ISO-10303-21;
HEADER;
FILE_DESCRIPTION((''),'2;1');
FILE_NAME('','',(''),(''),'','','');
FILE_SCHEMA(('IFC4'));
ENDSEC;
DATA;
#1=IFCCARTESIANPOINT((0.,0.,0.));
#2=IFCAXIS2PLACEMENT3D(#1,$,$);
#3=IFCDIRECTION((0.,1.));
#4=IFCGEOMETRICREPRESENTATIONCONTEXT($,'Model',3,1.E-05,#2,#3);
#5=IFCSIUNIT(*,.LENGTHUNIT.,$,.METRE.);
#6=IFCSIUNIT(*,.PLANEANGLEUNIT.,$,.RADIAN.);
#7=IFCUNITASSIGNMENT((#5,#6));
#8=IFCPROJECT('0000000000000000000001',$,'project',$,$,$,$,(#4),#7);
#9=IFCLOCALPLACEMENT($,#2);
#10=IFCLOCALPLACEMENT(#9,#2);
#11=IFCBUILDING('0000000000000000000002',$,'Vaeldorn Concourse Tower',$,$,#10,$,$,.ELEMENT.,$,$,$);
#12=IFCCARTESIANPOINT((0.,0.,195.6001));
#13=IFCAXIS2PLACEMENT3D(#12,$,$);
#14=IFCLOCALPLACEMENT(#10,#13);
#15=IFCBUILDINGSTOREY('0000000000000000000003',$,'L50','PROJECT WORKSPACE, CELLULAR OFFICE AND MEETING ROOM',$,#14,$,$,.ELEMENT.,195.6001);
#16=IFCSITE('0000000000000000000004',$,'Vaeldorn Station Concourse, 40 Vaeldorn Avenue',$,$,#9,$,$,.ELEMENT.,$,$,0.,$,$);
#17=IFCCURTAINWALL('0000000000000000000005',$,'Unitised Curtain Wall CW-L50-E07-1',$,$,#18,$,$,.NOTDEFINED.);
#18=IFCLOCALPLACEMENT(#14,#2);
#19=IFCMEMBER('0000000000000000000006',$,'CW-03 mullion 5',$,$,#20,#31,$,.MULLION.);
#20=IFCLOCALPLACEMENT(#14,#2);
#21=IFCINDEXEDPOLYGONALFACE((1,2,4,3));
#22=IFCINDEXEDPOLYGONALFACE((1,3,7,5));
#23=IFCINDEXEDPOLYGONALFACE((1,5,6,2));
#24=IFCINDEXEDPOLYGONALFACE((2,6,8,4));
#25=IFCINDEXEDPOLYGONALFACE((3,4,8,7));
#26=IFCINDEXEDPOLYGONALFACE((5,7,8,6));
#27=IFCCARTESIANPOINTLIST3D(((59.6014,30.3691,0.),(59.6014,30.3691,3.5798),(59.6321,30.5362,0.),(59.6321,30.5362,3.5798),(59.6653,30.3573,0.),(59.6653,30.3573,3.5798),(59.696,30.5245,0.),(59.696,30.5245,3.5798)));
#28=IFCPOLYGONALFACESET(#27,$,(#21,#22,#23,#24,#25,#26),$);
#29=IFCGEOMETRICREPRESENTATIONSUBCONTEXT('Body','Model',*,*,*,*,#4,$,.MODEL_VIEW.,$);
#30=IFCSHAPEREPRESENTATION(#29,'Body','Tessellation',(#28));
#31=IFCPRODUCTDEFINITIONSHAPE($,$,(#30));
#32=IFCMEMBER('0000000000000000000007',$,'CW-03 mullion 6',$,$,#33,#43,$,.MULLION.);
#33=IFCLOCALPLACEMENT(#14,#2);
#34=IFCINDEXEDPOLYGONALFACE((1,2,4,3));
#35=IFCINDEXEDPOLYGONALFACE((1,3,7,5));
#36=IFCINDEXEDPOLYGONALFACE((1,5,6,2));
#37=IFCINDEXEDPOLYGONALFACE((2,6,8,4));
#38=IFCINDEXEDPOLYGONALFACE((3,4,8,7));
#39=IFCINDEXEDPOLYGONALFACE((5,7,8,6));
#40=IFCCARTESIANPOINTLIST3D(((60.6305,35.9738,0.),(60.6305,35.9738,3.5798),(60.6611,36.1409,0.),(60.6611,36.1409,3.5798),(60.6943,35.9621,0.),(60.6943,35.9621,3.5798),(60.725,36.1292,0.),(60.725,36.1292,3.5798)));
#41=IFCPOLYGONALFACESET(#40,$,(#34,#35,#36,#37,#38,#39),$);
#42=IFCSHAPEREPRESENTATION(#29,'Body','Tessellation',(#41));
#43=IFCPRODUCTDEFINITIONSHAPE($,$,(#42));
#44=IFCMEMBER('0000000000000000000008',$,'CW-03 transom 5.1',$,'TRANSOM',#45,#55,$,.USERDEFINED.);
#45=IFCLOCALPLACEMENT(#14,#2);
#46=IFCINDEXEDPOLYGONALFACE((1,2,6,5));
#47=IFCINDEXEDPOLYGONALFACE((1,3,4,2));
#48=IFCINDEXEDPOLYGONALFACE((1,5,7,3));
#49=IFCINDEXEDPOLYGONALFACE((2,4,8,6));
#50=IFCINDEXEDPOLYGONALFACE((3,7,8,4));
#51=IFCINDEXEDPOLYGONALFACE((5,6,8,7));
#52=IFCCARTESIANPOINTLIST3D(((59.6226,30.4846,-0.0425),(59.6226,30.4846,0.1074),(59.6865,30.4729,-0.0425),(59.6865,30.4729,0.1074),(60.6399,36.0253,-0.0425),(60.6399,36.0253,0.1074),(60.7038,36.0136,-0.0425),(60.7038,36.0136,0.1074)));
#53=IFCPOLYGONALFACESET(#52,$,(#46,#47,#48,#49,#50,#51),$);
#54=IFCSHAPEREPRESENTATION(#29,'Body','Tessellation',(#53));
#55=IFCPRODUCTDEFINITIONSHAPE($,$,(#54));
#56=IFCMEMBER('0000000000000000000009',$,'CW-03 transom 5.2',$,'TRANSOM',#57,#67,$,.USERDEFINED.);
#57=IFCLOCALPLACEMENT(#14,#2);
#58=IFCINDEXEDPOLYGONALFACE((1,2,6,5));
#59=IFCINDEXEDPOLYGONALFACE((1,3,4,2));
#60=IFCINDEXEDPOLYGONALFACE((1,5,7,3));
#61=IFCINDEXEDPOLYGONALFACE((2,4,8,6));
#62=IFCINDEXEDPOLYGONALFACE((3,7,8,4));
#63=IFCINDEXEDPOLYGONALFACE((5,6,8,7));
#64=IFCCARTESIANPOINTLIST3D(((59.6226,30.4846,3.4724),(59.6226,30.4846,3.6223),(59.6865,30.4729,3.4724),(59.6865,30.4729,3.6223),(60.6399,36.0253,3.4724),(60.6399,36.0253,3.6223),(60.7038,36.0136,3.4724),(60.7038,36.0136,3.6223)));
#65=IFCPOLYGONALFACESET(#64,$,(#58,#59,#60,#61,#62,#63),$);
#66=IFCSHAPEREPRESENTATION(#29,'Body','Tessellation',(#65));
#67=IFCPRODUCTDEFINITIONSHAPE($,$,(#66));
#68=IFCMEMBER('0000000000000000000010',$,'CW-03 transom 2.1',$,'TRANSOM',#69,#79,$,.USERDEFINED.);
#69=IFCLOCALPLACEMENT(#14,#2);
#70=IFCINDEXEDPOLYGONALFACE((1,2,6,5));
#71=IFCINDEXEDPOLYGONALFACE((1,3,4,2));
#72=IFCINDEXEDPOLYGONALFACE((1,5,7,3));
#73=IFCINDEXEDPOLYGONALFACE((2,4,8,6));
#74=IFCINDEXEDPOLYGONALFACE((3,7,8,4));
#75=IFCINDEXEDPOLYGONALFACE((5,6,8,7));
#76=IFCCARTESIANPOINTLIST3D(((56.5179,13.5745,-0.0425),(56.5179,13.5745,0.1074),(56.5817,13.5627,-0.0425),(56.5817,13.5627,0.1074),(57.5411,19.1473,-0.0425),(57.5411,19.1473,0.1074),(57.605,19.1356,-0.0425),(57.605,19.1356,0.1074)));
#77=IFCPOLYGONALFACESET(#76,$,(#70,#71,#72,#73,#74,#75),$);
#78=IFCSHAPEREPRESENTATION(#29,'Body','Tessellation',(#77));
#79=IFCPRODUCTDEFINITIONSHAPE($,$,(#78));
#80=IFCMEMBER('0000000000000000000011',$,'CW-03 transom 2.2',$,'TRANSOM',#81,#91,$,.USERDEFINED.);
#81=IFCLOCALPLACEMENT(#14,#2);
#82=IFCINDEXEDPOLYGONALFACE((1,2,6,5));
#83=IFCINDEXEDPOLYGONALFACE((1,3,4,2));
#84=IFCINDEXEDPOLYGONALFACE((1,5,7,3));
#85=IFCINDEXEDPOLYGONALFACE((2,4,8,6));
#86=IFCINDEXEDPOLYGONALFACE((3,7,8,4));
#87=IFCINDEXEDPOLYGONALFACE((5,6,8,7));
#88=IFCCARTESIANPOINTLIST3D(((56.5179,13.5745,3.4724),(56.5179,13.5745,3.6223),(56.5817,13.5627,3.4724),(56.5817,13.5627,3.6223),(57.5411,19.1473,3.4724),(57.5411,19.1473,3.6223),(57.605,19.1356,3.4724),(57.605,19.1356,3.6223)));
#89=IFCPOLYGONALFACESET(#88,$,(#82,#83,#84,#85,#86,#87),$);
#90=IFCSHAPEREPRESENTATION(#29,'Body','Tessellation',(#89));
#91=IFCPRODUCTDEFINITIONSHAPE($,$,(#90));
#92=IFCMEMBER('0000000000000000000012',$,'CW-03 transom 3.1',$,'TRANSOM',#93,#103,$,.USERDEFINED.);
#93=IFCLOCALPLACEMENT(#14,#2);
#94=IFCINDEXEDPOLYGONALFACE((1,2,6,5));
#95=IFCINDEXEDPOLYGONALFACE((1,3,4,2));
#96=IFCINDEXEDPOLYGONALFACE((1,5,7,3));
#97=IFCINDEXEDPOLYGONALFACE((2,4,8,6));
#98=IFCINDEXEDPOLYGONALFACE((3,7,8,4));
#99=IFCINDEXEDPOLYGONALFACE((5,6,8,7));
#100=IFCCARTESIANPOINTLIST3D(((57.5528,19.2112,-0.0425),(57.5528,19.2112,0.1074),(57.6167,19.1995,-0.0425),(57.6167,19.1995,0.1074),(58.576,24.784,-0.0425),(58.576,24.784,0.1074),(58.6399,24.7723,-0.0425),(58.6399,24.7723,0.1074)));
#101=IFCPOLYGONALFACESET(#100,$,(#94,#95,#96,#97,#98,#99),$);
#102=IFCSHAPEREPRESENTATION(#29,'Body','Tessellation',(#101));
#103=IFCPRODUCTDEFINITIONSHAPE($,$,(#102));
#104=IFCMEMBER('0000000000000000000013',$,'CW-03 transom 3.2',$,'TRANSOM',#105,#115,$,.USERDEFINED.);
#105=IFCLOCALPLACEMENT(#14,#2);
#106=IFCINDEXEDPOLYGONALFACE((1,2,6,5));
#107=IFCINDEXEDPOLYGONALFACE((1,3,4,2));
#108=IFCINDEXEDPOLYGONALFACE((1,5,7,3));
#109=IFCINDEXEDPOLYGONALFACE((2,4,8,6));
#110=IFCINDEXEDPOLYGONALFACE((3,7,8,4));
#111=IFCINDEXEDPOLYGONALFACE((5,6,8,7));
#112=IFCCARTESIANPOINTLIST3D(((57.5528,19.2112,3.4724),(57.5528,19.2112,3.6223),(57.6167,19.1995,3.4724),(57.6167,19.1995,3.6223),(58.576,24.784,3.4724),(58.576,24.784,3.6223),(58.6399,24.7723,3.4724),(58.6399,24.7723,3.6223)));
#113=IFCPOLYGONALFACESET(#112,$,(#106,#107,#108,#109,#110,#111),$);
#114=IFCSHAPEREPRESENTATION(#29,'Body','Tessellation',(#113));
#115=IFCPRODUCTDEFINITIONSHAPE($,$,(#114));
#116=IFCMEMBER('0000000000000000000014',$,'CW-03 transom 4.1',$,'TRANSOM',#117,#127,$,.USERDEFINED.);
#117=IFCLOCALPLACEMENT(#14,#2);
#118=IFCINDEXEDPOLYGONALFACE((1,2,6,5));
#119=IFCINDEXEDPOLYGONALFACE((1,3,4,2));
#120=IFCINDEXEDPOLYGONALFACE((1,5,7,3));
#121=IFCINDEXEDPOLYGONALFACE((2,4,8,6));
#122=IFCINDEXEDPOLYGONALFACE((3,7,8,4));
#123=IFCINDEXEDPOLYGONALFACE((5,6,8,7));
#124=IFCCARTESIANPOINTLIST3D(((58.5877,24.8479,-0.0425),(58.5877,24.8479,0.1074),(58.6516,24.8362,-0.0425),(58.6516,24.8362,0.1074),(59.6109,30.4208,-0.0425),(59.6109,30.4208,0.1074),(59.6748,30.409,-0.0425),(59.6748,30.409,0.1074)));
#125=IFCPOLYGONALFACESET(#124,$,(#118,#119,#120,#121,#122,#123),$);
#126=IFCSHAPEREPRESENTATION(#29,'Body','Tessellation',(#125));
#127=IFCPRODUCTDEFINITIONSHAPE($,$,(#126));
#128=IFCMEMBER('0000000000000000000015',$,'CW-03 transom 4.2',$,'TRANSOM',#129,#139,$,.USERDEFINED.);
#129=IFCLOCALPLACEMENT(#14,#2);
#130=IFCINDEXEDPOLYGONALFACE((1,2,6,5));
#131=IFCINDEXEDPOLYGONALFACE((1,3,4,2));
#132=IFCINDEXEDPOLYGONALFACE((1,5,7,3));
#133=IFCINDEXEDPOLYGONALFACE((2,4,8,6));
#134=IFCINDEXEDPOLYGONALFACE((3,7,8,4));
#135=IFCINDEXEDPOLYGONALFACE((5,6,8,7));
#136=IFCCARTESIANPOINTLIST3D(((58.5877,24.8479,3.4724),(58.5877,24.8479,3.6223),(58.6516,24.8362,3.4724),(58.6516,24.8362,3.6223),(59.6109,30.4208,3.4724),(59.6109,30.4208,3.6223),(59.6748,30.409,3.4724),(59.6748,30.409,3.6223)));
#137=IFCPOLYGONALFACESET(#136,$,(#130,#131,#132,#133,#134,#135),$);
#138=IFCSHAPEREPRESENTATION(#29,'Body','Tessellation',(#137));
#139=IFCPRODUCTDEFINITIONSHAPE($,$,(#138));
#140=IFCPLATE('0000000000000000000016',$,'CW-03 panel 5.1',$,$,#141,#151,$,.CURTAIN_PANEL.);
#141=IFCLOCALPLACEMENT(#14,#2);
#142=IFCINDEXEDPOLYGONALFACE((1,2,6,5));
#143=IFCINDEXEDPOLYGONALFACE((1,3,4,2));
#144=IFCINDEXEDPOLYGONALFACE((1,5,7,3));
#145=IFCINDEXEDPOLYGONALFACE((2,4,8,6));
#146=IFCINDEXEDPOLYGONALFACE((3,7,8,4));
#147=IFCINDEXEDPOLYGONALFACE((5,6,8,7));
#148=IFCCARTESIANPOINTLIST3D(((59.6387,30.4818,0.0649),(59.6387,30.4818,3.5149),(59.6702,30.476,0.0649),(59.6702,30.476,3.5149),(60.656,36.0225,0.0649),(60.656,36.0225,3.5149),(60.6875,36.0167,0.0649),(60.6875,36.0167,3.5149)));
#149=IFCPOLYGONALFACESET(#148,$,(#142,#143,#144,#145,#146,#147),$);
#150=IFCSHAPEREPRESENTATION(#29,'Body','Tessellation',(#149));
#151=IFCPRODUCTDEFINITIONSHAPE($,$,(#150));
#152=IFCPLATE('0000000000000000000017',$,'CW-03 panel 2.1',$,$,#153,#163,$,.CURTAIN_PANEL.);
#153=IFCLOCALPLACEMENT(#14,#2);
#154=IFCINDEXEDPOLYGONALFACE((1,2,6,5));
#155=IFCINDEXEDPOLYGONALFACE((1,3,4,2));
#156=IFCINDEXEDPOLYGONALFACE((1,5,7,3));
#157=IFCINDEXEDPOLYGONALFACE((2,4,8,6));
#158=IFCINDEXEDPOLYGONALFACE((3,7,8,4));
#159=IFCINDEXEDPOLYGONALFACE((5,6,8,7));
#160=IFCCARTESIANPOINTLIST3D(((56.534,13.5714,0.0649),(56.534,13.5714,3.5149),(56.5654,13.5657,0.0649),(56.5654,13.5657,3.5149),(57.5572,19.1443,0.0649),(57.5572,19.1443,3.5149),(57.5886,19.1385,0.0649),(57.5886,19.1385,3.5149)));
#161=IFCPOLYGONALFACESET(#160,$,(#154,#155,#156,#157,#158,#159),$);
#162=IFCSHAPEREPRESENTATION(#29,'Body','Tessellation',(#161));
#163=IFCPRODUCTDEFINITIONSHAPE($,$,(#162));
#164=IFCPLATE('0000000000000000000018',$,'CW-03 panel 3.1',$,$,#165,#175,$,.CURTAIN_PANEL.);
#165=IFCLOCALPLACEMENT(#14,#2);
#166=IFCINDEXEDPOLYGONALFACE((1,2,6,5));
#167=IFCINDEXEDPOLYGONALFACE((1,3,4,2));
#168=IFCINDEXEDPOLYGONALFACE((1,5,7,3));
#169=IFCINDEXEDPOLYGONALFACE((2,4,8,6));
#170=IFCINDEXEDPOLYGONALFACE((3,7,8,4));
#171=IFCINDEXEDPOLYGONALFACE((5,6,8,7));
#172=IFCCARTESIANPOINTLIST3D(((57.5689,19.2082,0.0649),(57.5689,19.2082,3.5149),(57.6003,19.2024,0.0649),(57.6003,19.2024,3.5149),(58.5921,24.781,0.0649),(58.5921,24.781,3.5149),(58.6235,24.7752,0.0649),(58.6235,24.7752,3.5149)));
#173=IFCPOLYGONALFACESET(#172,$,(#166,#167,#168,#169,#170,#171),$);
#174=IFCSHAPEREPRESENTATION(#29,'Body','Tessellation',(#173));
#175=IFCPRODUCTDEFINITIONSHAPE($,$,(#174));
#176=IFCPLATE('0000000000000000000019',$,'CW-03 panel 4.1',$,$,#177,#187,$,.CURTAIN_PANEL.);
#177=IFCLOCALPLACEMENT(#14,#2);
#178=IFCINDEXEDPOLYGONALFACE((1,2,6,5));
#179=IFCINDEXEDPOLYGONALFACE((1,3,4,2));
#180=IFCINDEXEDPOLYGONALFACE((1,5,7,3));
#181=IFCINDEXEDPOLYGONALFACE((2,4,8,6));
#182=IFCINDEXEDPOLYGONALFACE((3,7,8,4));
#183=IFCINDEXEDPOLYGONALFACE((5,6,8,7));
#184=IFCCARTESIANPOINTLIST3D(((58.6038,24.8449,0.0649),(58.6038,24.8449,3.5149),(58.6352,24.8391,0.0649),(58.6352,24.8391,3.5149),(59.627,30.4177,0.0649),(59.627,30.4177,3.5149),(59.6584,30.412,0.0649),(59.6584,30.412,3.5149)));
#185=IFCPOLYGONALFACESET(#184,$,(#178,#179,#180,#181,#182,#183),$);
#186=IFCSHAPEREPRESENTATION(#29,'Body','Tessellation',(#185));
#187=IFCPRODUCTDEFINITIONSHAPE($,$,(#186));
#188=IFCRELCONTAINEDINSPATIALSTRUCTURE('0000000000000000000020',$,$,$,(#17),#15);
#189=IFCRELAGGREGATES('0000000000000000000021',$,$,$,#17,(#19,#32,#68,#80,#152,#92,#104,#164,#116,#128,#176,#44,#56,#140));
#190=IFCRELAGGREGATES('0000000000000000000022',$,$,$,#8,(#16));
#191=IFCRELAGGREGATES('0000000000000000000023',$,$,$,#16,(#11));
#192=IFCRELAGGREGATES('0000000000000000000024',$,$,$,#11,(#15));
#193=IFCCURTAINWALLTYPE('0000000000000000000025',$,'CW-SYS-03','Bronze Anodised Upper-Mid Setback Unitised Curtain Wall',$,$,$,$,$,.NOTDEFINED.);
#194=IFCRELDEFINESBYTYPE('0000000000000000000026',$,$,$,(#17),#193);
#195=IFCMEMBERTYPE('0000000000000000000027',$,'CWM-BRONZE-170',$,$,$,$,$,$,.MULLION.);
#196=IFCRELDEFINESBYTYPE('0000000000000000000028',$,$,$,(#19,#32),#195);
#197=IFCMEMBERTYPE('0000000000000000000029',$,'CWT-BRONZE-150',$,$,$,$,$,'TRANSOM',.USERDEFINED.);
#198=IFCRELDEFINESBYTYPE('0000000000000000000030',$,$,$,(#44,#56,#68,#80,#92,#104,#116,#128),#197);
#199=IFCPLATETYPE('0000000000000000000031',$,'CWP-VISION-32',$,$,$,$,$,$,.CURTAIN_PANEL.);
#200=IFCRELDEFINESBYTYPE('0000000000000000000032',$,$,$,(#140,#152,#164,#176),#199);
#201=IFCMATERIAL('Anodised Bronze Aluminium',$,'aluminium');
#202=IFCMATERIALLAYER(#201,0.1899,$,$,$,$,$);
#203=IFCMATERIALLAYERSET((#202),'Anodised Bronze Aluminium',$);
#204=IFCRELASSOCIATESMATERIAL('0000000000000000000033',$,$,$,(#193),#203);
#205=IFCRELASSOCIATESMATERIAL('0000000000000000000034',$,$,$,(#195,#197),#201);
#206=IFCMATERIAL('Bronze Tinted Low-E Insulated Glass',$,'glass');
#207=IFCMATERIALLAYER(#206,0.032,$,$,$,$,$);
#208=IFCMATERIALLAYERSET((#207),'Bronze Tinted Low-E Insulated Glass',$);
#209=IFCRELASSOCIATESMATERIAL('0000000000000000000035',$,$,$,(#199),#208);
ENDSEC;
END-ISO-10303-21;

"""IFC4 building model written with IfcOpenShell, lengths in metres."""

from ifc_helpers import new_model, si_unit, direction, frame, origin, origin_2d, place, context, subcontext, project, spatial, rectangle, extrude, source, transform, mapped, material, layer, layer_set, material_profile, profile_set, type_object, element, aggregate, save


model = new_model("IFC4")

# Units and contexts
model_context = context("Model", 3, precision=1e-05, world=origin(), true_north=direction((0.0, 1.0)))
body_context = subcontext(model_context, "Body", "Model", "MODEL_VIEW")
ifc_project = project(units=[si_unit("LENGTHUNIT", "METRE"), si_unit("PLANEANGLEUNIT", "RADIAN")], contexts=[model_context])

# Site, building, storey
site_placement = place(None, origin())
site = spatial("IfcSite", under=ifc_project, at=site_placement, Name="Vaeldorn Station Concourse, 40 Vaeldorn Avenue", CompositionType="ELEMENT", RefElevation=0.0)
building_placement = place(site_placement, origin())
building = spatial("IfcBuilding", under=site, at=building_placement, Name="Vaeldorn Concourse Tower", CompositionType="ELEMENT")
storey_placement = place(building_placement, frame((0.0, 0.0, 195.6001)))
storey = spatial("IfcBuildingStorey", under=building, at=storey_placement, Name="L50", Description="PROJECT WORKSPACE, CELLULAR OFFICE AND MEETING ROOM", CompositionType="ELEMENT", Elevation=195.6001)

# Curtain wall, members, plates
ifc_material_1 = material(Name="Anodised Bronze Aluminium", Category="aluminium")
ifc_layer_1 = layer(ifc_material_1, 0.1899)
ifc_layer_set_1 = layer_set([ifc_layer_1], Name="Anodised Bronze Aluminium")
curtain_wall_type = type_object("IfcCurtainWallType", Name="CW-SYS-03", Description="Bronze Anodised Upper-Mid Setback Unitised Curtain Wall", PredefinedType="NOTDEFINED", material=ifc_layer_set_1)
curtain_wall_placement = place(storey_placement, origin())
curtain_wall = element("IfcCurtainWall", 1, at=curtain_wall_placement, inside=storey, type_object=curtain_wall_type, Name="Unitised Curtain Wall CW-L50-E07-1", PredefinedType="NOTDEFINED")
ifc_material_profile_1 = material_profile(ifc_material_1, rectangle(XDim=0.0649, YDim=0.1699, at=origin_2d()), Name="CWM 65x170")
ifc_profile_set_1 = profile_set([ifc_material_profile_1], Name="Anodised Bronze Aluminium")
member_type_1 = type_object("IfcMemberType", Name="CWM-BRONZE-170", PredefinedType="MULLION", material=ifc_profile_set_1)
shared_shape_1 = source(origin(), body_context, "Body", "SweptSolid", [
    extrude(rectangle(XDim=0.0649, YDim=0.1699, at=origin_2d()), origin(), (0.0, 0.0, 1.0), 3.5798),
])
member_1_placement = place(storey_placement, frame((59.6487, 30.4468, 0.0), z_axis=(0.0, 0.0, 1.0), x_axis=(-0.983559, 0.180585, 0.0)))
member_1 = element("IfcMember", 2, at=member_1_placement, type_object=member_type_1, Name="CW-03 mullion 5", PredefinedType="MULLION", context=body_context, shape_type="MappedRepresentation", body=[
    mapped(shared_shape_1, transform((0.0, 0.0, 0.0), scale=1.0)),
])
member_2_placement = place(storey_placement, frame((60.6777, 36.0515, 0.0), z_axis=(0.0, 0.0, 1.0), x_axis=(-0.983559, 0.180585, 0.0)))
member_2 = element("IfcMember", 3, at=member_2_placement, type_object=member_type_1, Name="CW-03 mullion 6", PredefinedType="MULLION", context=body_context, shape_type="MappedRepresentation", body=[
    mapped(shared_shape_1, transform((0.0, 0.0, 0.0), scale=1.0)),
])
ifc_material_profile_2 = material_profile(ifc_material_1, rectangle(XDim=0.0649, YDim=0.1499, at=origin_2d()), Name="CWT 65x150")
ifc_profile_set_2 = profile_set([ifc_material_profile_2], Name="Anodised Bronze Aluminium")
member_type_2 = type_object("IfcMemberType", Name="CWT-BRONZE-150", ElementType="TRANSOM", PredefinedType="USERDEFINED", material=ifc_profile_set_2)
shared_shape_2 = source(origin(), body_context, "Body", "SweptSolid", [
    extrude(rectangle(XDim=0.0649, YDim=0.1499, at=origin_2d()), origin(), (0.0, 0.0, 1.0), 5.6333),
])
member_3_placement = place(storey_placement, frame((59.6545, 30.4788, 0.0325), z_axis=(0.18059, 0.983558, 0.0), x_axis=(-0.983558, 0.18059, 0.0)))
member_3 = element("IfcMember", 4, at=member_3_placement, type_object=member_type_2, Name="CW-03 transom 5.1", ObjectType="TRANSOM", PredefinedType="USERDEFINED", context=body_context, shape_type="MappedRepresentation", body=[
    mapped(shared_shape_2, transform((0.0, 0.0, 0.0), scale=1.0)),
])
member_4_placement = place(storey_placement, frame((59.6545, 30.4788, 3.5474), z_axis=(0.18059, 0.983558, 0.0), x_axis=(-0.983558, 0.18059, 0.0)))
member_4 = element("IfcMember", 5, at=member_4_placement, type_object=member_type_2, Name="CW-03 transom 5.2", ObjectType="TRANSOM", PredefinedType="USERDEFINED", context=body_context, shape_type="MappedRepresentation", body=[
    mapped(shared_shape_2, transform((0.0, 0.0, 0.0), scale=1.0)),
])
shared_shape_3 = source(origin(), body_context, "Body", "SweptSolid", [
    extrude(rectangle(XDim=0.0649, YDim=0.1499, at=origin_2d()), origin(), (0.0, 0.0, 1.0), 5.666),
])
member_5_placement = place(storey_placement, frame((56.5498, 13.5686, 0.0325), z_axis=(0.180588, 0.983559, 0.0), x_axis=(-0.983559, 0.180588, 0.0)))
member_5 = element("IfcMember", 6, at=member_5_placement, type_object=member_type_2, Name="CW-03 transom 2.1", ObjectType="TRANSOM", PredefinedType="USERDEFINED", context=body_context, shape_type="MappedRepresentation", body=[
    mapped(shared_shape_3, transform((0.0, 0.0, 0.0), scale=1.0)),
])
member_6_placement = place(storey_placement, frame((56.5498, 13.5686, 3.5474), z_axis=(0.180588, 0.983559, 0.0), x_axis=(-0.983559, 0.180588, 0.0)))
member_6 = element("IfcMember", 7, at=member_6_placement, type_object=member_type_2, Name="CW-03 transom 2.2", ObjectType="TRANSOM", PredefinedType="USERDEFINED", context=body_context, shape_type="MappedRepresentation", body=[
    mapped(shared_shape_3, transform((0.0, 0.0, 0.0), scale=1.0)),
])
member_7_placement = place(storey_placement, frame((57.5847, 19.2053, 0.0325), z_axis=(0.180588, 0.983559, 0.0), x_axis=(-0.983559, 0.180588, 0.0)))
member_7 = element("IfcMember", 8, at=member_7_placement, type_object=member_type_2, Name="CW-03 transom 3.1", ObjectType="TRANSOM", PredefinedType="USERDEFINED", context=body_context, shape_type="MappedRepresentation", body=[
    mapped(shared_shape_3, transform((0.0, 0.0, 0.0), scale=1.0)),
])
member_8_placement = place(storey_placement, frame((57.5847, 19.2053, 3.5474), z_axis=(0.180588, 0.983559, 0.0), x_axis=(-0.983559, 0.180588, 0.0)))
member_8 = element("IfcMember", 9, at=member_8_placement, type_object=member_type_2, Name="CW-03 transom 3.2", ObjectType="TRANSOM", PredefinedType="USERDEFINED", context=body_context, shape_type="MappedRepresentation", body=[
    mapped(shared_shape_3, transform((0.0, 0.0, 0.0), scale=1.0)),
])
member_9_placement = place(storey_placement, frame((58.6196, 24.842, 0.0325), z_axis=(0.180588, 0.983559, 0.0), x_axis=(-0.983559, 0.180588, 0.0)))
member_9 = element("IfcMember", 10, at=member_9_placement, type_object=member_type_2, Name="CW-03 transom 4.1", ObjectType="TRANSOM", PredefinedType="USERDEFINED", context=body_context, shape_type="MappedRepresentation", body=[
    mapped(shared_shape_3, transform((0.0, 0.0, 0.0), scale=1.0)),
])
member_10_placement = place(storey_placement, frame((58.6196, 24.842, 3.5474), z_axis=(0.180588, 0.983559, 0.0), x_axis=(-0.983559, 0.180588, 0.0)))
member_10 = element("IfcMember", 11, at=member_10_placement, type_object=member_type_2, Name="CW-03 transom 4.2", ObjectType="TRANSOM", PredefinedType="USERDEFINED", context=body_context, shape_type="MappedRepresentation", body=[
    mapped(shared_shape_3, transform((0.0, 0.0, 0.0), scale=1.0)),
])
ifc_material_2 = material(Name="Bronze Tinted Low-E Insulated Glass", Category="glass")
ifc_layer_2 = layer(ifc_material_2, 0.032)
ifc_layer_set_2 = layer_set([ifc_layer_2], Name="Bronze Tinted Low-E Insulated Glass")
plate_type = type_object("IfcPlateType", Name="CWP-VISION-32", PredefinedType="CURTAIN_PANEL", material=ifc_layer_set_2)
shared_shape_4 = source(origin(), body_context, "Body", "SweptSolid", [
    extrude(rectangle(XDim=5.6333, YDim=0.032, at=origin_2d()), origin(), (0.0, 0.0, 1.0), 3.45),
])
plate_1_placement = place(storey_placement, frame((60.1631, 33.2493, 0.0649), z_axis=(0.0, 0.0, 1.0), x_axis=(0.180585, 0.983559, 0.0)))
plate_1 = element("IfcPlate", 12, at=plate_1_placement, type_object=plate_type, Name="CW-03 panel 5.1", PredefinedType="CURTAIN_PANEL", context=body_context, shape_type="MappedRepresentation", body=[
    mapped(shared_shape_4, transform((0.0, 0.0, 0.0), scale=1.0)),
])
shared_shape_5 = source(origin(), body_context, "Body", "SweptSolid", [
    extrude(rectangle(XDim=5.666, YDim=0.032, at=origin_2d()), origin(), (0.0, 0.0, 1.0), 3.45),
])
plate_2_placement = place(storey_placement, frame((57.0613, 16.355, 0.0649), z_axis=(0.0, 0.0, 1.0), x_axis=(0.180585, 0.983559, 0.0)))
plate_2 = element("IfcPlate", 13, at=plate_2_placement, type_object=plate_type, Name="CW-03 panel 2.1", PredefinedType="CURTAIN_PANEL", context=body_context, shape_type="MappedRepresentation", body=[
    mapped(shared_shape_5, transform((0.0, 0.0, 0.0), scale=1.0)),
])
plate_3_placement = place(storey_placement, frame((58.0962, 21.9917, 0.0649), z_axis=(0.0, 0.0, 1.0), x_axis=(0.180585, 0.983559, 0.0)))
plate_3 = element("IfcPlate", 14, at=plate_3_placement, type_object=plate_type, Name="CW-03 panel 3.1", PredefinedType="CURTAIN_PANEL", context=body_context, shape_type="MappedRepresentation", body=[
    mapped(shared_shape_5, transform((0.0, 0.0, 0.0), scale=1.0)),
])
plate_4_placement = place(storey_placement, frame((59.1311, 27.6284, 0.0649), z_axis=(0.0, 0.0, 1.0), x_axis=(0.180585, 0.983559, 0.0)))
plate_4 = element("IfcPlate", 15, at=plate_4_placement, type_object=plate_type, Name="CW-03 panel 4.1", PredefinedType="CURTAIN_PANEL", context=body_context, shape_type="MappedRepresentation", body=[
    mapped(shared_shape_5, transform((0.0, 0.0, 0.0), scale=1.0)),
])
aggregate(curtain_wall, [member_1, member_2, member_5, member_6, plate_2, member_7, member_8, plate_3, member_9, member_10, plate_4, member_3, member_4, plate_1])

save(model, "model.ifc")
